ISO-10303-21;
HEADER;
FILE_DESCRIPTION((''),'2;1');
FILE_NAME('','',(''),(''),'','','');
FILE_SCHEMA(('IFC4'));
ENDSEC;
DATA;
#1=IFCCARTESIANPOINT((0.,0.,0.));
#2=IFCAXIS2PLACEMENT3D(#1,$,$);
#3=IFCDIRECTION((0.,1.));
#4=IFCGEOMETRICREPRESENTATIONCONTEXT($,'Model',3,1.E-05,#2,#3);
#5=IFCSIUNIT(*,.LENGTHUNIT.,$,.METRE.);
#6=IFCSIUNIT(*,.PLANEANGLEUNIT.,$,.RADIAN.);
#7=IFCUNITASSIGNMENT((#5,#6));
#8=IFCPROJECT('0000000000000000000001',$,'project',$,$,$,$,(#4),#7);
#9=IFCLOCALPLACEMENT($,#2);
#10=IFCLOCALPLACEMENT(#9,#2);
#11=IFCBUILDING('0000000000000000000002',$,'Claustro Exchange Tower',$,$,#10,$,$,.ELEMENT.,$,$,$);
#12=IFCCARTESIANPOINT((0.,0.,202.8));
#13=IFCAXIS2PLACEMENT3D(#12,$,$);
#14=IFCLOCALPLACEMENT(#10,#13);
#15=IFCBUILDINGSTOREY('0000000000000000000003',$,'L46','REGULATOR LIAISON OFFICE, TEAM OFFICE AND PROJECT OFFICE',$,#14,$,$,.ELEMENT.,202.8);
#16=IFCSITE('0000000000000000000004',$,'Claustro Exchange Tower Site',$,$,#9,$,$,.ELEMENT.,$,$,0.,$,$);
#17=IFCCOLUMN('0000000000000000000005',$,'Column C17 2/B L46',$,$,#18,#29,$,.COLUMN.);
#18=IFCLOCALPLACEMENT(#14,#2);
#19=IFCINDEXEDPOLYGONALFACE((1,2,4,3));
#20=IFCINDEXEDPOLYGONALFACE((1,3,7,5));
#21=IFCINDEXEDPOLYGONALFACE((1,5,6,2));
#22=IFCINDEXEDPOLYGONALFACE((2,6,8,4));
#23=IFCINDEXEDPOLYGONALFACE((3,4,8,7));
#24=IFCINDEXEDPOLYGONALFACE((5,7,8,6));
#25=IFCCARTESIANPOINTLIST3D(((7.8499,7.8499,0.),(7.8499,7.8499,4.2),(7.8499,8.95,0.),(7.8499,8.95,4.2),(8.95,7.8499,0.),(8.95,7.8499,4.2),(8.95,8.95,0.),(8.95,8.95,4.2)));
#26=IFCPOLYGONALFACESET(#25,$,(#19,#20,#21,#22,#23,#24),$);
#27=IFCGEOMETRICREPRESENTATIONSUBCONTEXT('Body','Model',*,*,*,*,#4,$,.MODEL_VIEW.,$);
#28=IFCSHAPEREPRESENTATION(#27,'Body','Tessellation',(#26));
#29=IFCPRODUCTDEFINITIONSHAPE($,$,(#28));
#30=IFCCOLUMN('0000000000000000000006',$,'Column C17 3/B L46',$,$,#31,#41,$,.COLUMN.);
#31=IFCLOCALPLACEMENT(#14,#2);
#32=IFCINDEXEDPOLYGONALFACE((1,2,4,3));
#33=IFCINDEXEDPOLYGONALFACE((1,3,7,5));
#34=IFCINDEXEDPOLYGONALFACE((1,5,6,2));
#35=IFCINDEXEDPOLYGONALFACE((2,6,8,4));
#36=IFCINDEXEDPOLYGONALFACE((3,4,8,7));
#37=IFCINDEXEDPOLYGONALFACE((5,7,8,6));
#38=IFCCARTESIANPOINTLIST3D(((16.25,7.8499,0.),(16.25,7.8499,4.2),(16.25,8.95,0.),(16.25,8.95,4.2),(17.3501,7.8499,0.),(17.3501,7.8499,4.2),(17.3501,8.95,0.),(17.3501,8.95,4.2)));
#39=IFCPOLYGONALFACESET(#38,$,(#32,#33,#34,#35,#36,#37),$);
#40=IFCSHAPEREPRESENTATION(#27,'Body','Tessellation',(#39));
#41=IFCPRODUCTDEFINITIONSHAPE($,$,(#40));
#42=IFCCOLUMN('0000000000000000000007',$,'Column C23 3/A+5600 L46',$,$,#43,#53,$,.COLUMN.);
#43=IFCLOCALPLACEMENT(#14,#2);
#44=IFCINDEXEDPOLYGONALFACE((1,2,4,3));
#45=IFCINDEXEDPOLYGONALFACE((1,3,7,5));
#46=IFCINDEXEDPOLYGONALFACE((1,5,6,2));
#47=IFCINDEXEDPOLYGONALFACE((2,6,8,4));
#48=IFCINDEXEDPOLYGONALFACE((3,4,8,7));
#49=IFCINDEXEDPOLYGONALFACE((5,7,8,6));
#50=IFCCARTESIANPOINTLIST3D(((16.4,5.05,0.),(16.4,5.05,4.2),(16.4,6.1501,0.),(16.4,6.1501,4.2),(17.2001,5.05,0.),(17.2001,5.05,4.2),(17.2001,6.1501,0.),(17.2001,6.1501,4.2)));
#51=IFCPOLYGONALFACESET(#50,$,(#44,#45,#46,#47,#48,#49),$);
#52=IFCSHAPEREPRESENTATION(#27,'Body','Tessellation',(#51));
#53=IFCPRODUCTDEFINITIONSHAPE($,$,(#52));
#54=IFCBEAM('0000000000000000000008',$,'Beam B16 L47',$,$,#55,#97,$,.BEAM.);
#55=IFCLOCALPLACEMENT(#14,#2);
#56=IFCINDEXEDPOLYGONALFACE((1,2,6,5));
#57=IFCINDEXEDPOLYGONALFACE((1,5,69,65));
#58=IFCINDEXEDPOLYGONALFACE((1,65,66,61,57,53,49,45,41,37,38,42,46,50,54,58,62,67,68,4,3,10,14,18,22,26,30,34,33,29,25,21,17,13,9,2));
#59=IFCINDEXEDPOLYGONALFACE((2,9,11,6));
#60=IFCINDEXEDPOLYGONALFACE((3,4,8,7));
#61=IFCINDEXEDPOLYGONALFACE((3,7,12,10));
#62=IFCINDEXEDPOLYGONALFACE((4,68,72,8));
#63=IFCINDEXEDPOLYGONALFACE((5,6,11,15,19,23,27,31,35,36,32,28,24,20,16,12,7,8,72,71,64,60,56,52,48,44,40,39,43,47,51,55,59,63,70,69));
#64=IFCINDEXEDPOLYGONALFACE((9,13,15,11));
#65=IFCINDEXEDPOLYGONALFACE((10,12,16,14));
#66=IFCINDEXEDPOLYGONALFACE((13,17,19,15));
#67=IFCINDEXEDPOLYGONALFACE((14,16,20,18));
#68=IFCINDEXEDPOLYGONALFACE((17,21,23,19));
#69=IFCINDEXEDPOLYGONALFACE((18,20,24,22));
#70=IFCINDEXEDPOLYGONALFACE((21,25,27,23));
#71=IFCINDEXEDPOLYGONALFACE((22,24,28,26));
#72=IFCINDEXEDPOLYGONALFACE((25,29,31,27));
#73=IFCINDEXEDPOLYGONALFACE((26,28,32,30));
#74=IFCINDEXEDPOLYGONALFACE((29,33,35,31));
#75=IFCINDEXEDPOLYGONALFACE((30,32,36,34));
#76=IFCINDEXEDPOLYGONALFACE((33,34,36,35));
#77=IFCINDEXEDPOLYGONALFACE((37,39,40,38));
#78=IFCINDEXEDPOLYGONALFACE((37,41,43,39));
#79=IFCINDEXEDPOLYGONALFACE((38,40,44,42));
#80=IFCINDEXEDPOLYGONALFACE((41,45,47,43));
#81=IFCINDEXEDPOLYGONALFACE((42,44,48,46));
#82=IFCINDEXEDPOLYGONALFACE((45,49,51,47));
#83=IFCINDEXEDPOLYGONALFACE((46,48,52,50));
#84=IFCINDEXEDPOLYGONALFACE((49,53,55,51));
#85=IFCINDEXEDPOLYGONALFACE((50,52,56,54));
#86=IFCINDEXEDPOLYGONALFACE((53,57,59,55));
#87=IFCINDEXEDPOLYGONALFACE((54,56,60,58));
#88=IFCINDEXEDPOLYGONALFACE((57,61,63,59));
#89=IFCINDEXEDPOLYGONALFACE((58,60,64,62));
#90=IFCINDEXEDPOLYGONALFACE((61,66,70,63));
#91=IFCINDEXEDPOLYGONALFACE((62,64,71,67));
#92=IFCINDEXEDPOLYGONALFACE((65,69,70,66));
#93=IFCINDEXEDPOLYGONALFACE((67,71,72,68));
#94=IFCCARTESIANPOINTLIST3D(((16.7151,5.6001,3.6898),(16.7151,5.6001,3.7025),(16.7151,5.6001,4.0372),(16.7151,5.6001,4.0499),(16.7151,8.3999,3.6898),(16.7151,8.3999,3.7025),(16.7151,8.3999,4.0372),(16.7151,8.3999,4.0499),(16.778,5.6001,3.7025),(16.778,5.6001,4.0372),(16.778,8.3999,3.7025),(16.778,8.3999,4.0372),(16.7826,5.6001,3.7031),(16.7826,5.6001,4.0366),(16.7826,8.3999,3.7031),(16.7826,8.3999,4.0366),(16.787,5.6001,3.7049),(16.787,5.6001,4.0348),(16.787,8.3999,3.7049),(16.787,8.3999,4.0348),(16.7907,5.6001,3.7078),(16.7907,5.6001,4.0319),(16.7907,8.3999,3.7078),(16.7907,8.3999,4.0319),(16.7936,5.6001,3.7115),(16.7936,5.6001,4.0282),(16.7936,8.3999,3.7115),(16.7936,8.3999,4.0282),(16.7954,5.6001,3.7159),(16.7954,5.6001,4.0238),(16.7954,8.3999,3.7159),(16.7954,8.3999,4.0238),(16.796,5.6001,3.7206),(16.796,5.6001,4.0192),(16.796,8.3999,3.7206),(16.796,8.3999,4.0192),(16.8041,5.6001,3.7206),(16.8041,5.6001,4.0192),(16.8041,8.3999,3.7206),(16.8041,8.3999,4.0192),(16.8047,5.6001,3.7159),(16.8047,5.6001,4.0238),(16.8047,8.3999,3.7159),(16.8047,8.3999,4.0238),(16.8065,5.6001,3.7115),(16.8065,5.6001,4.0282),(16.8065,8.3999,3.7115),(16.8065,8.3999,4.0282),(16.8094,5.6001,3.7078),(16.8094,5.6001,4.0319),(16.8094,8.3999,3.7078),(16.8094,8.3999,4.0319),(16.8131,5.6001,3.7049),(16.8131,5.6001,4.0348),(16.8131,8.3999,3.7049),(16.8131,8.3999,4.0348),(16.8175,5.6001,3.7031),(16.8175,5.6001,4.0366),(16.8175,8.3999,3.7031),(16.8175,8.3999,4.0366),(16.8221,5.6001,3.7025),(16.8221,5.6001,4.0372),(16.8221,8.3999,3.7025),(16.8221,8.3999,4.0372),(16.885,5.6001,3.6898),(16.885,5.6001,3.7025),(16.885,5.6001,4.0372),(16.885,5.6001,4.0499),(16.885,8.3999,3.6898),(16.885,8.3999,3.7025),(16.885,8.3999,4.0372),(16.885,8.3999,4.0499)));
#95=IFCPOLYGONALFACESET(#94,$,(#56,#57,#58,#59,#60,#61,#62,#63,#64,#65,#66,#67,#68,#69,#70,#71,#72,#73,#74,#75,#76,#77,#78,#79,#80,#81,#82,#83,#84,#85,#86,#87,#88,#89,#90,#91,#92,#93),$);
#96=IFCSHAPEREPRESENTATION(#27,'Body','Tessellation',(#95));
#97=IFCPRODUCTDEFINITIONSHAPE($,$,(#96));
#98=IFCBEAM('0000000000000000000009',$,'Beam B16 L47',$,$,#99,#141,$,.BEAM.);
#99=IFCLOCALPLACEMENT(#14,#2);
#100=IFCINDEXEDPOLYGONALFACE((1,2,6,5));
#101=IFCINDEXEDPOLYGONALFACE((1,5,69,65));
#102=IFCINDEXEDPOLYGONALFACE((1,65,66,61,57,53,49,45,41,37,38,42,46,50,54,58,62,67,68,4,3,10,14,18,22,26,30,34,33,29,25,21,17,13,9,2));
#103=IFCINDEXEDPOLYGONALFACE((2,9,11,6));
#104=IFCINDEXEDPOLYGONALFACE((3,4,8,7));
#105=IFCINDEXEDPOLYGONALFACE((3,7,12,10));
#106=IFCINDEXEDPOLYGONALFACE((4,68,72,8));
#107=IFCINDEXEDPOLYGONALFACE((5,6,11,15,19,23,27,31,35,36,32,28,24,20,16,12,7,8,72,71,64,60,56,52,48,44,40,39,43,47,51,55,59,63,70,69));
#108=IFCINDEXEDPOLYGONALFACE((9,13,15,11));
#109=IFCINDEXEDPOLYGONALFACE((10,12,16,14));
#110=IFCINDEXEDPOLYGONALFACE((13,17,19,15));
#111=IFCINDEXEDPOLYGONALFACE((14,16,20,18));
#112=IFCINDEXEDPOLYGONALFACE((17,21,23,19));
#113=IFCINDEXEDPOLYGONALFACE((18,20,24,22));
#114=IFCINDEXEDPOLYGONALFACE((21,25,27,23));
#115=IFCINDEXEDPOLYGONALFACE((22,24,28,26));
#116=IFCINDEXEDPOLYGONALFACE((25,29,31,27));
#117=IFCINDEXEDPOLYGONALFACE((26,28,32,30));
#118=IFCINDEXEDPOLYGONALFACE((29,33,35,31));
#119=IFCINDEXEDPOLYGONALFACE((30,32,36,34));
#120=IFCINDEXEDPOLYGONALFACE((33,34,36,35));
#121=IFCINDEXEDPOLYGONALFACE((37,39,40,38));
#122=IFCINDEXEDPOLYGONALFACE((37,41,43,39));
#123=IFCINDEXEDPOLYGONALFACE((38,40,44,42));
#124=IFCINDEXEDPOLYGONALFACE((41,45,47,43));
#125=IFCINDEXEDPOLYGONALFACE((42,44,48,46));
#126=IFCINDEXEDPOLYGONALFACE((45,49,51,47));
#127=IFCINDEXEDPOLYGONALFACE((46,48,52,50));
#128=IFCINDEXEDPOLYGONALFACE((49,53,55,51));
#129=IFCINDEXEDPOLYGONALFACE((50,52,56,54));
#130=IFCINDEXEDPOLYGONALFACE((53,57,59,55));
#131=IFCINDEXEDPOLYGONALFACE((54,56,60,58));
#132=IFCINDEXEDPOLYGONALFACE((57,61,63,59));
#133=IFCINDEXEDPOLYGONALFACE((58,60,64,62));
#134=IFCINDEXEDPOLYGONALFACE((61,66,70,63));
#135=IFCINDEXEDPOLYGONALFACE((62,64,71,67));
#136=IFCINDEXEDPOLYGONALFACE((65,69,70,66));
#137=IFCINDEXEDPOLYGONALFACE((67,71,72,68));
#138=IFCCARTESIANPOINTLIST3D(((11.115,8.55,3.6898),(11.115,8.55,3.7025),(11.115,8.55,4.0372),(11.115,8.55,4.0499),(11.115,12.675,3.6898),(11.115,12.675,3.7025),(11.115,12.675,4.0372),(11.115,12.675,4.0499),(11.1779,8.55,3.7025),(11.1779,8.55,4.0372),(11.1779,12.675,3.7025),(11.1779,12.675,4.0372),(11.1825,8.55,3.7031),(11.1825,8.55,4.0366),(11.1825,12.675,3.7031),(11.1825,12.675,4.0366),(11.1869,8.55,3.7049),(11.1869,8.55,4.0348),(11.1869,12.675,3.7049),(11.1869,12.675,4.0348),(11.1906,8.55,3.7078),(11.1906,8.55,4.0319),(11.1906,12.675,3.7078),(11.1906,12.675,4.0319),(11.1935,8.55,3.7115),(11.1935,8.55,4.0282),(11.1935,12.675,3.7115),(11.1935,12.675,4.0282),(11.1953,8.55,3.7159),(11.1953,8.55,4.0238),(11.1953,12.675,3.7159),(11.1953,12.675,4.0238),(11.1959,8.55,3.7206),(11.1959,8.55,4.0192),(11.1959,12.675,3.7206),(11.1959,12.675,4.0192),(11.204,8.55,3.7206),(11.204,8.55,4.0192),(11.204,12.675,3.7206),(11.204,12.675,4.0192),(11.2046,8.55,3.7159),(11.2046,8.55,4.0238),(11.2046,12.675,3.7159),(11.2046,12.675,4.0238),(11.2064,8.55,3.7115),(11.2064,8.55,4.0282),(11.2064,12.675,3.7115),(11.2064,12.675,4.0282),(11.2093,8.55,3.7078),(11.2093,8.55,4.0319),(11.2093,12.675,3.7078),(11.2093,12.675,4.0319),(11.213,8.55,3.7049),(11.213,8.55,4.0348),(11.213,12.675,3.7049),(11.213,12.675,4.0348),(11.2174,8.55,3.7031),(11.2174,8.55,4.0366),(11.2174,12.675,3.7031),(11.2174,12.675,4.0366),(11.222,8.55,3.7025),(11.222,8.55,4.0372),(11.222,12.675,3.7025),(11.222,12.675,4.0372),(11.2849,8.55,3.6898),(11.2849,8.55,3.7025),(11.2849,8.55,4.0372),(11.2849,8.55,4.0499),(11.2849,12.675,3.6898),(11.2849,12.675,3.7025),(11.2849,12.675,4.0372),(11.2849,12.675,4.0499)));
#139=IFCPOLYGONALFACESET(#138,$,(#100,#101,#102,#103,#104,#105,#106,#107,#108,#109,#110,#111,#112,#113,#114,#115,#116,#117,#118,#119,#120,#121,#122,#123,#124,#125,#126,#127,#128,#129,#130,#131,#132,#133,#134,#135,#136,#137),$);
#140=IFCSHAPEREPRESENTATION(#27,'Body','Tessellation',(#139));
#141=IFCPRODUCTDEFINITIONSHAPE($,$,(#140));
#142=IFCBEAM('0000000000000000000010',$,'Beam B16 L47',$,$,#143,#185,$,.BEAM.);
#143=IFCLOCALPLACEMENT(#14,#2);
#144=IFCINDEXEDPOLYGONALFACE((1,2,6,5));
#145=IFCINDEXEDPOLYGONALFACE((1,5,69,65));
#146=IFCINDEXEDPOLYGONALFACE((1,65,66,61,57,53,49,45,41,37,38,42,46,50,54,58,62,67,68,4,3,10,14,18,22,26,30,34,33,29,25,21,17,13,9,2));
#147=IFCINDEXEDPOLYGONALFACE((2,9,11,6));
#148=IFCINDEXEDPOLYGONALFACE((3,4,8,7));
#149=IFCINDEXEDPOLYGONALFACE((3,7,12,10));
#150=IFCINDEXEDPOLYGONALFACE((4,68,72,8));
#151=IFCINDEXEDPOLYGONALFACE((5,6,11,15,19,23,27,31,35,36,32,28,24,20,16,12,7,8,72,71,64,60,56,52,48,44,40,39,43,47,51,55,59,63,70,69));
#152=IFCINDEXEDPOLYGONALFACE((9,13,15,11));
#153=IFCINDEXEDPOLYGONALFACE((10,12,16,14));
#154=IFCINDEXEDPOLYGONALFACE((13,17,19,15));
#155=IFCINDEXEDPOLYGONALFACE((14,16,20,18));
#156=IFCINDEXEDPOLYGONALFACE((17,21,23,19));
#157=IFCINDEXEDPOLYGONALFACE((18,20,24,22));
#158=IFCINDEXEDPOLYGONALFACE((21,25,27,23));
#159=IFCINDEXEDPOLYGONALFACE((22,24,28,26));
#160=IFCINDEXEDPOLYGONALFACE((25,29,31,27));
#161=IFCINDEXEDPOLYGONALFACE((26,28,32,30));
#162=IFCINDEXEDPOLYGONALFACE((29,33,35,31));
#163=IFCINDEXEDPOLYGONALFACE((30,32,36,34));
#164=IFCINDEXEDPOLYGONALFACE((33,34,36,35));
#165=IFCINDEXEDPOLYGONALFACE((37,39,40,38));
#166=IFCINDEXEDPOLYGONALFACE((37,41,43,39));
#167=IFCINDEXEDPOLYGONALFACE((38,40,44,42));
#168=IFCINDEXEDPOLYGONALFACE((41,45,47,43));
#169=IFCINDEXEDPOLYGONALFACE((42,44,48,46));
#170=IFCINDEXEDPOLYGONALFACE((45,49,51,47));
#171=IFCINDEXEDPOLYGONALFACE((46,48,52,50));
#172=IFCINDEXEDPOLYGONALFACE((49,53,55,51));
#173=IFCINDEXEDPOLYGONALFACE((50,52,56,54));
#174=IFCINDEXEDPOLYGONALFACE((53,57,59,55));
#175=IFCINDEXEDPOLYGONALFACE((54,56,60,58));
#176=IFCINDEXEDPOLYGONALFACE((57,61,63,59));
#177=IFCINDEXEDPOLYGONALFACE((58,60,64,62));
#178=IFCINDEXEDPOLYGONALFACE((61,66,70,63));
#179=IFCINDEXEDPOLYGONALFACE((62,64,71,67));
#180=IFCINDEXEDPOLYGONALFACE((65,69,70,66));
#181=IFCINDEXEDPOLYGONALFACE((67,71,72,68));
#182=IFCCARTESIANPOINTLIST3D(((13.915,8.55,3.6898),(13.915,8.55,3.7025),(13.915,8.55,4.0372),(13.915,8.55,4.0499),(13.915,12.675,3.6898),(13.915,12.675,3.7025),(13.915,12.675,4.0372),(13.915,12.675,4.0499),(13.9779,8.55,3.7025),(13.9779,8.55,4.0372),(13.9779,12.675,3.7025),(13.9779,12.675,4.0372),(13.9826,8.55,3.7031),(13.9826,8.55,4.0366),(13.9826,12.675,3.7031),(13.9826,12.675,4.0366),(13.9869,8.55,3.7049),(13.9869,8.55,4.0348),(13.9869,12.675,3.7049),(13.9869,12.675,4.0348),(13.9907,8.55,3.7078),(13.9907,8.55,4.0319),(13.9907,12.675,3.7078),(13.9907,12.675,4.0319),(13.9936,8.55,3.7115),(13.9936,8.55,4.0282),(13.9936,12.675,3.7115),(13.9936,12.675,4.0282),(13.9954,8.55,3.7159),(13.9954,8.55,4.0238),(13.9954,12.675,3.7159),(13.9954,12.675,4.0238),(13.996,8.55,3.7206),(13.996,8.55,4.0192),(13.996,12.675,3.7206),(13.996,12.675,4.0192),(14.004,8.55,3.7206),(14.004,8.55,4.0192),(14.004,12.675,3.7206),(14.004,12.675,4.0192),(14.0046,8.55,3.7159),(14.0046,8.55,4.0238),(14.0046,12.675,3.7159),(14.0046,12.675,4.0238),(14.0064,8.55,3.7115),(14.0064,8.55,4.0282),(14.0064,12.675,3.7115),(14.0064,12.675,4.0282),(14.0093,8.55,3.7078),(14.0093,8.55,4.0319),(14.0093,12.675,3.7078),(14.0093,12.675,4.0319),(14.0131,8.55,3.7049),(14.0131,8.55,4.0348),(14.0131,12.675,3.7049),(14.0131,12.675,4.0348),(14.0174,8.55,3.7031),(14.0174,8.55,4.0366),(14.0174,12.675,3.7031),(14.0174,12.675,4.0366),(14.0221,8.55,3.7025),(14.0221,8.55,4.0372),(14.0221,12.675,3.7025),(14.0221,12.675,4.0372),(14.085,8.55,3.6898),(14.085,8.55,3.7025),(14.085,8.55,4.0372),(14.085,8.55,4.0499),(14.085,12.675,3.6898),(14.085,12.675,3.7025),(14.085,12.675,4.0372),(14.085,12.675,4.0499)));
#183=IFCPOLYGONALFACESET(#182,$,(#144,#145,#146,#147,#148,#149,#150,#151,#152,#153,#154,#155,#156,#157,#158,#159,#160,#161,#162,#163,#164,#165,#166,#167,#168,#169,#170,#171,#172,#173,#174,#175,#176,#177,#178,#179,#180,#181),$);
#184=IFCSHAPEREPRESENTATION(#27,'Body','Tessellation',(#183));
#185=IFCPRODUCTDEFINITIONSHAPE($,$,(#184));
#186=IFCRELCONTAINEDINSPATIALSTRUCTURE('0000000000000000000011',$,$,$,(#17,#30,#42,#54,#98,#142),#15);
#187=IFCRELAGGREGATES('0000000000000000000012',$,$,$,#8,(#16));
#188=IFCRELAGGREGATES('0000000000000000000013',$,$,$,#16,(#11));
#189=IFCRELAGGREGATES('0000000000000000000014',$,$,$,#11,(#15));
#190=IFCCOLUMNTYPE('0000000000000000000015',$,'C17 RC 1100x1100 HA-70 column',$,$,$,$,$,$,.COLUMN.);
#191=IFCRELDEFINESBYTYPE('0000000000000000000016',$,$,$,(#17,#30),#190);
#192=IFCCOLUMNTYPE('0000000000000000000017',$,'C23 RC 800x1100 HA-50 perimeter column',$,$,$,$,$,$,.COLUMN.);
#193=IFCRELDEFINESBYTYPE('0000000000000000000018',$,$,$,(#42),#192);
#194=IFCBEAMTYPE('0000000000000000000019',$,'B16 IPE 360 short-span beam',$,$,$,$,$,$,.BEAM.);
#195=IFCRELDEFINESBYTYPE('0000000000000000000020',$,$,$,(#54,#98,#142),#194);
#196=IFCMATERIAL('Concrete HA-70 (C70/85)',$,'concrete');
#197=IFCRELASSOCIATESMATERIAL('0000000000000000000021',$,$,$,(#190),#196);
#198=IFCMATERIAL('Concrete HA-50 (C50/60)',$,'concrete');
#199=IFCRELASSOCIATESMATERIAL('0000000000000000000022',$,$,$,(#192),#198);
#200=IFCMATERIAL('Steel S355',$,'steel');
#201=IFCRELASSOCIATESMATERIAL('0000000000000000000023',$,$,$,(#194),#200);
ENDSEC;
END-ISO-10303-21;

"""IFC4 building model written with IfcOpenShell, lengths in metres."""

from ifc_helpers import new_model, si_unit, direction, frame, origin, origin_2d, place, context, subcontext, project, spatial, rectangle, i_section, extrude, material, material_profile, profile_set, type_object, element, save


model = new_model("IFC4")

# Units and contexts
model_context = context("Model", 3, precision=1e-05, world=origin(), true_north=direction((0.0, 1.0)))
body_context = subcontext(model_context, "Body", "Model", "MODEL_VIEW")
ifc_project = project(units=[si_unit("LENGTHUNIT", "METRE"), si_unit("PLANEANGLEUNIT", "RADIAN")], contexts=[model_context])

# Site, building, storey
site_placement = place(None, origin())
site = spatial("IfcSite", under=ifc_project, at=site_placement, Name="Claustro Exchange Tower Site", CompositionType="ELEMENT", RefElevation=0.0)
building_placement = place(site_placement, origin())
building = spatial("IfcBuilding", under=site, at=building_placement, Name="Claustro Exchange Tower", CompositionType="ELEMENT")
storey_placement = place(building_placement, frame((0.0, 0.0, 202.8)))
storey = spatial("IfcBuildingStorey", under=building, at=storey_placement, Name="L46", Description="REGULATOR LIAISON OFFICE, TEAM OFFICE AND PROJECT OFFICE", CompositionType="ELEMENT", Elevation=202.8)

# Columns
ifc_material_1 = material(Name="Concrete HA-70 (C70/85)", Category="concrete")
ifc_material_profile_1 = material_profile(ifc_material_1, rectangle(XDim=1.1001, YDim=1.1001, at=origin_2d()), Name="RC 1100x1100")
ifc_profile_set_1 = profile_set([ifc_material_profile_1], Name="Concrete HA-70 (C70/85)")
column_type_1 = type_object("IfcColumnType", Name="C17 RC 1100x1100 HA-70 column", PredefinedType="COLUMN", material=ifc_profile_set_1)
for number, where, z_axis, x_axis, name in (
    (1, (8.3999, 8.3999, 0.0), (0.0, 0.0, 1.0), (1.0, 0.0, 0.0), "Column C17 2/B L46"),
    (2, (16.8, 8.3999, 0.0), (0.0, 0.0, 1.0), (1.0, 0.0, 0.0), "Column C17 3/B L46"),
):
    element("IfcColumn", number, at=place(storey_placement, frame(where, z_axis=z_axis, x_axis=x_axis)), inside=storey, type_object=column_type_1, Name=name, PredefinedType="COLUMN", context=body_context, shape_type="SweptSolid", body=[
        extrude(rectangle(XDim=1.1001, YDim=1.1001, at=origin_2d()), origin(), (0.0, 0.0, 1.0), 4.2),
    ])
ifc_material_2 = material(Name="Concrete HA-50 (C50/60)", Category="concrete")
ifc_material_profile_2 = material_profile(ifc_material_2, rectangle(XDim=0.8, YDim=1.1001, at=origin_2d()), Name="RC 800x1100")
ifc_profile_set_2 = profile_set([ifc_material_profile_2], Name="Concrete HA-50 (C50/60)")
column_type_2 = type_object("IfcColumnType", Name="C23 RC 800x1100 HA-50 perimeter column", PredefinedType="COLUMN", material=ifc_profile_set_2)
column_placement = place(storey_placement, frame((16.8, 5.6001, 0.0), z_axis=(0.0, 0.0, 1.0), x_axis=(1.0, 0.0, 0.0)))
element("IfcColumn", 3, at=column_placement, inside=storey, type_object=column_type_2, Name="Column C23 3/A+5600 L46", PredefinedType="COLUMN", context=body_context, shape_type="SweptSolid", body=[
    extrude(rectangle(XDim=0.8, YDim=1.1001, at=origin_2d()), origin(), (0.0, 0.0, 1.0), 4.2),
])

# Beams
ifc_material_3 = material(Name="Steel S355", Category="steel")
ifc_material_profile_3 = material_profile(ifc_material_3, i_section(OverallWidth=0.1699, OverallDepth=0.3601, WebThickness=0.0081, FlangeThickness=0.0127, FilletRadius=0.0181, at=origin_2d()), Name="IPE 360")
ifc_profile_set_3 = profile_set([ifc_material_profile_3], Name="Steel S355")
beam_type_1 = type_object("IfcBeamType", Name="B16 IPE 360 short-span beam", PredefinedType="BEAM", material=ifc_profile_set_3)
beam_1_placement = place(storey_placement, frame((16.8, 5.6001, 3.8699), z_axis=(0.0, 1.0, 0.0), x_axis=(-1.0, 0.0, 0.0)))
element("IfcBeam", 4, at=beam_1_placement, inside=storey, type_object=beam_type_1, Name="Beam B16 L47", PredefinedType="BEAM", context=body_context, shape_type="SweptSolid", body=[
    extrude(i_section(OverallWidth=0.1699, OverallDepth=0.3601, WebThickness=0.0081, FlangeThickness=0.0127, FilletRadius=0.0181, at=origin_2d()), origin(), (0.0, 0.0, 1.0), 2.7998),
])
for number, where, z_axis, x_axis, name in (
    (5, (11.2, 8.55, 3.8699), (0.0, 1.0, 0.0), (-1.0, 0.0, 0.0), "Beam B16 L47"),
    (6, (14.0, 8.55, 3.8699), (0.0, 1.0, 0.0), (-1.0, 0.0, 0.0), "Beam B16 L47"),
):
    element("IfcBeam", number, at=place(storey_placement, frame(where, z_axis=z_axis, x_axis=x_axis)), inside=storey, type_object=beam_type_1, Name=name, PredefinedType="BEAM", context=body_context, shape_type="SweptSolid", body=[
        extrude(i_section(OverallWidth=0.1699, OverallDepth=0.3601, WebThickness=0.0081, FlangeThickness=0.0127, FilletRadius=0.0181, at=origin_2d()), origin(), (0.0, 0.0, 1.0), 4.125),
    ])

save(model, "model.ifc")
